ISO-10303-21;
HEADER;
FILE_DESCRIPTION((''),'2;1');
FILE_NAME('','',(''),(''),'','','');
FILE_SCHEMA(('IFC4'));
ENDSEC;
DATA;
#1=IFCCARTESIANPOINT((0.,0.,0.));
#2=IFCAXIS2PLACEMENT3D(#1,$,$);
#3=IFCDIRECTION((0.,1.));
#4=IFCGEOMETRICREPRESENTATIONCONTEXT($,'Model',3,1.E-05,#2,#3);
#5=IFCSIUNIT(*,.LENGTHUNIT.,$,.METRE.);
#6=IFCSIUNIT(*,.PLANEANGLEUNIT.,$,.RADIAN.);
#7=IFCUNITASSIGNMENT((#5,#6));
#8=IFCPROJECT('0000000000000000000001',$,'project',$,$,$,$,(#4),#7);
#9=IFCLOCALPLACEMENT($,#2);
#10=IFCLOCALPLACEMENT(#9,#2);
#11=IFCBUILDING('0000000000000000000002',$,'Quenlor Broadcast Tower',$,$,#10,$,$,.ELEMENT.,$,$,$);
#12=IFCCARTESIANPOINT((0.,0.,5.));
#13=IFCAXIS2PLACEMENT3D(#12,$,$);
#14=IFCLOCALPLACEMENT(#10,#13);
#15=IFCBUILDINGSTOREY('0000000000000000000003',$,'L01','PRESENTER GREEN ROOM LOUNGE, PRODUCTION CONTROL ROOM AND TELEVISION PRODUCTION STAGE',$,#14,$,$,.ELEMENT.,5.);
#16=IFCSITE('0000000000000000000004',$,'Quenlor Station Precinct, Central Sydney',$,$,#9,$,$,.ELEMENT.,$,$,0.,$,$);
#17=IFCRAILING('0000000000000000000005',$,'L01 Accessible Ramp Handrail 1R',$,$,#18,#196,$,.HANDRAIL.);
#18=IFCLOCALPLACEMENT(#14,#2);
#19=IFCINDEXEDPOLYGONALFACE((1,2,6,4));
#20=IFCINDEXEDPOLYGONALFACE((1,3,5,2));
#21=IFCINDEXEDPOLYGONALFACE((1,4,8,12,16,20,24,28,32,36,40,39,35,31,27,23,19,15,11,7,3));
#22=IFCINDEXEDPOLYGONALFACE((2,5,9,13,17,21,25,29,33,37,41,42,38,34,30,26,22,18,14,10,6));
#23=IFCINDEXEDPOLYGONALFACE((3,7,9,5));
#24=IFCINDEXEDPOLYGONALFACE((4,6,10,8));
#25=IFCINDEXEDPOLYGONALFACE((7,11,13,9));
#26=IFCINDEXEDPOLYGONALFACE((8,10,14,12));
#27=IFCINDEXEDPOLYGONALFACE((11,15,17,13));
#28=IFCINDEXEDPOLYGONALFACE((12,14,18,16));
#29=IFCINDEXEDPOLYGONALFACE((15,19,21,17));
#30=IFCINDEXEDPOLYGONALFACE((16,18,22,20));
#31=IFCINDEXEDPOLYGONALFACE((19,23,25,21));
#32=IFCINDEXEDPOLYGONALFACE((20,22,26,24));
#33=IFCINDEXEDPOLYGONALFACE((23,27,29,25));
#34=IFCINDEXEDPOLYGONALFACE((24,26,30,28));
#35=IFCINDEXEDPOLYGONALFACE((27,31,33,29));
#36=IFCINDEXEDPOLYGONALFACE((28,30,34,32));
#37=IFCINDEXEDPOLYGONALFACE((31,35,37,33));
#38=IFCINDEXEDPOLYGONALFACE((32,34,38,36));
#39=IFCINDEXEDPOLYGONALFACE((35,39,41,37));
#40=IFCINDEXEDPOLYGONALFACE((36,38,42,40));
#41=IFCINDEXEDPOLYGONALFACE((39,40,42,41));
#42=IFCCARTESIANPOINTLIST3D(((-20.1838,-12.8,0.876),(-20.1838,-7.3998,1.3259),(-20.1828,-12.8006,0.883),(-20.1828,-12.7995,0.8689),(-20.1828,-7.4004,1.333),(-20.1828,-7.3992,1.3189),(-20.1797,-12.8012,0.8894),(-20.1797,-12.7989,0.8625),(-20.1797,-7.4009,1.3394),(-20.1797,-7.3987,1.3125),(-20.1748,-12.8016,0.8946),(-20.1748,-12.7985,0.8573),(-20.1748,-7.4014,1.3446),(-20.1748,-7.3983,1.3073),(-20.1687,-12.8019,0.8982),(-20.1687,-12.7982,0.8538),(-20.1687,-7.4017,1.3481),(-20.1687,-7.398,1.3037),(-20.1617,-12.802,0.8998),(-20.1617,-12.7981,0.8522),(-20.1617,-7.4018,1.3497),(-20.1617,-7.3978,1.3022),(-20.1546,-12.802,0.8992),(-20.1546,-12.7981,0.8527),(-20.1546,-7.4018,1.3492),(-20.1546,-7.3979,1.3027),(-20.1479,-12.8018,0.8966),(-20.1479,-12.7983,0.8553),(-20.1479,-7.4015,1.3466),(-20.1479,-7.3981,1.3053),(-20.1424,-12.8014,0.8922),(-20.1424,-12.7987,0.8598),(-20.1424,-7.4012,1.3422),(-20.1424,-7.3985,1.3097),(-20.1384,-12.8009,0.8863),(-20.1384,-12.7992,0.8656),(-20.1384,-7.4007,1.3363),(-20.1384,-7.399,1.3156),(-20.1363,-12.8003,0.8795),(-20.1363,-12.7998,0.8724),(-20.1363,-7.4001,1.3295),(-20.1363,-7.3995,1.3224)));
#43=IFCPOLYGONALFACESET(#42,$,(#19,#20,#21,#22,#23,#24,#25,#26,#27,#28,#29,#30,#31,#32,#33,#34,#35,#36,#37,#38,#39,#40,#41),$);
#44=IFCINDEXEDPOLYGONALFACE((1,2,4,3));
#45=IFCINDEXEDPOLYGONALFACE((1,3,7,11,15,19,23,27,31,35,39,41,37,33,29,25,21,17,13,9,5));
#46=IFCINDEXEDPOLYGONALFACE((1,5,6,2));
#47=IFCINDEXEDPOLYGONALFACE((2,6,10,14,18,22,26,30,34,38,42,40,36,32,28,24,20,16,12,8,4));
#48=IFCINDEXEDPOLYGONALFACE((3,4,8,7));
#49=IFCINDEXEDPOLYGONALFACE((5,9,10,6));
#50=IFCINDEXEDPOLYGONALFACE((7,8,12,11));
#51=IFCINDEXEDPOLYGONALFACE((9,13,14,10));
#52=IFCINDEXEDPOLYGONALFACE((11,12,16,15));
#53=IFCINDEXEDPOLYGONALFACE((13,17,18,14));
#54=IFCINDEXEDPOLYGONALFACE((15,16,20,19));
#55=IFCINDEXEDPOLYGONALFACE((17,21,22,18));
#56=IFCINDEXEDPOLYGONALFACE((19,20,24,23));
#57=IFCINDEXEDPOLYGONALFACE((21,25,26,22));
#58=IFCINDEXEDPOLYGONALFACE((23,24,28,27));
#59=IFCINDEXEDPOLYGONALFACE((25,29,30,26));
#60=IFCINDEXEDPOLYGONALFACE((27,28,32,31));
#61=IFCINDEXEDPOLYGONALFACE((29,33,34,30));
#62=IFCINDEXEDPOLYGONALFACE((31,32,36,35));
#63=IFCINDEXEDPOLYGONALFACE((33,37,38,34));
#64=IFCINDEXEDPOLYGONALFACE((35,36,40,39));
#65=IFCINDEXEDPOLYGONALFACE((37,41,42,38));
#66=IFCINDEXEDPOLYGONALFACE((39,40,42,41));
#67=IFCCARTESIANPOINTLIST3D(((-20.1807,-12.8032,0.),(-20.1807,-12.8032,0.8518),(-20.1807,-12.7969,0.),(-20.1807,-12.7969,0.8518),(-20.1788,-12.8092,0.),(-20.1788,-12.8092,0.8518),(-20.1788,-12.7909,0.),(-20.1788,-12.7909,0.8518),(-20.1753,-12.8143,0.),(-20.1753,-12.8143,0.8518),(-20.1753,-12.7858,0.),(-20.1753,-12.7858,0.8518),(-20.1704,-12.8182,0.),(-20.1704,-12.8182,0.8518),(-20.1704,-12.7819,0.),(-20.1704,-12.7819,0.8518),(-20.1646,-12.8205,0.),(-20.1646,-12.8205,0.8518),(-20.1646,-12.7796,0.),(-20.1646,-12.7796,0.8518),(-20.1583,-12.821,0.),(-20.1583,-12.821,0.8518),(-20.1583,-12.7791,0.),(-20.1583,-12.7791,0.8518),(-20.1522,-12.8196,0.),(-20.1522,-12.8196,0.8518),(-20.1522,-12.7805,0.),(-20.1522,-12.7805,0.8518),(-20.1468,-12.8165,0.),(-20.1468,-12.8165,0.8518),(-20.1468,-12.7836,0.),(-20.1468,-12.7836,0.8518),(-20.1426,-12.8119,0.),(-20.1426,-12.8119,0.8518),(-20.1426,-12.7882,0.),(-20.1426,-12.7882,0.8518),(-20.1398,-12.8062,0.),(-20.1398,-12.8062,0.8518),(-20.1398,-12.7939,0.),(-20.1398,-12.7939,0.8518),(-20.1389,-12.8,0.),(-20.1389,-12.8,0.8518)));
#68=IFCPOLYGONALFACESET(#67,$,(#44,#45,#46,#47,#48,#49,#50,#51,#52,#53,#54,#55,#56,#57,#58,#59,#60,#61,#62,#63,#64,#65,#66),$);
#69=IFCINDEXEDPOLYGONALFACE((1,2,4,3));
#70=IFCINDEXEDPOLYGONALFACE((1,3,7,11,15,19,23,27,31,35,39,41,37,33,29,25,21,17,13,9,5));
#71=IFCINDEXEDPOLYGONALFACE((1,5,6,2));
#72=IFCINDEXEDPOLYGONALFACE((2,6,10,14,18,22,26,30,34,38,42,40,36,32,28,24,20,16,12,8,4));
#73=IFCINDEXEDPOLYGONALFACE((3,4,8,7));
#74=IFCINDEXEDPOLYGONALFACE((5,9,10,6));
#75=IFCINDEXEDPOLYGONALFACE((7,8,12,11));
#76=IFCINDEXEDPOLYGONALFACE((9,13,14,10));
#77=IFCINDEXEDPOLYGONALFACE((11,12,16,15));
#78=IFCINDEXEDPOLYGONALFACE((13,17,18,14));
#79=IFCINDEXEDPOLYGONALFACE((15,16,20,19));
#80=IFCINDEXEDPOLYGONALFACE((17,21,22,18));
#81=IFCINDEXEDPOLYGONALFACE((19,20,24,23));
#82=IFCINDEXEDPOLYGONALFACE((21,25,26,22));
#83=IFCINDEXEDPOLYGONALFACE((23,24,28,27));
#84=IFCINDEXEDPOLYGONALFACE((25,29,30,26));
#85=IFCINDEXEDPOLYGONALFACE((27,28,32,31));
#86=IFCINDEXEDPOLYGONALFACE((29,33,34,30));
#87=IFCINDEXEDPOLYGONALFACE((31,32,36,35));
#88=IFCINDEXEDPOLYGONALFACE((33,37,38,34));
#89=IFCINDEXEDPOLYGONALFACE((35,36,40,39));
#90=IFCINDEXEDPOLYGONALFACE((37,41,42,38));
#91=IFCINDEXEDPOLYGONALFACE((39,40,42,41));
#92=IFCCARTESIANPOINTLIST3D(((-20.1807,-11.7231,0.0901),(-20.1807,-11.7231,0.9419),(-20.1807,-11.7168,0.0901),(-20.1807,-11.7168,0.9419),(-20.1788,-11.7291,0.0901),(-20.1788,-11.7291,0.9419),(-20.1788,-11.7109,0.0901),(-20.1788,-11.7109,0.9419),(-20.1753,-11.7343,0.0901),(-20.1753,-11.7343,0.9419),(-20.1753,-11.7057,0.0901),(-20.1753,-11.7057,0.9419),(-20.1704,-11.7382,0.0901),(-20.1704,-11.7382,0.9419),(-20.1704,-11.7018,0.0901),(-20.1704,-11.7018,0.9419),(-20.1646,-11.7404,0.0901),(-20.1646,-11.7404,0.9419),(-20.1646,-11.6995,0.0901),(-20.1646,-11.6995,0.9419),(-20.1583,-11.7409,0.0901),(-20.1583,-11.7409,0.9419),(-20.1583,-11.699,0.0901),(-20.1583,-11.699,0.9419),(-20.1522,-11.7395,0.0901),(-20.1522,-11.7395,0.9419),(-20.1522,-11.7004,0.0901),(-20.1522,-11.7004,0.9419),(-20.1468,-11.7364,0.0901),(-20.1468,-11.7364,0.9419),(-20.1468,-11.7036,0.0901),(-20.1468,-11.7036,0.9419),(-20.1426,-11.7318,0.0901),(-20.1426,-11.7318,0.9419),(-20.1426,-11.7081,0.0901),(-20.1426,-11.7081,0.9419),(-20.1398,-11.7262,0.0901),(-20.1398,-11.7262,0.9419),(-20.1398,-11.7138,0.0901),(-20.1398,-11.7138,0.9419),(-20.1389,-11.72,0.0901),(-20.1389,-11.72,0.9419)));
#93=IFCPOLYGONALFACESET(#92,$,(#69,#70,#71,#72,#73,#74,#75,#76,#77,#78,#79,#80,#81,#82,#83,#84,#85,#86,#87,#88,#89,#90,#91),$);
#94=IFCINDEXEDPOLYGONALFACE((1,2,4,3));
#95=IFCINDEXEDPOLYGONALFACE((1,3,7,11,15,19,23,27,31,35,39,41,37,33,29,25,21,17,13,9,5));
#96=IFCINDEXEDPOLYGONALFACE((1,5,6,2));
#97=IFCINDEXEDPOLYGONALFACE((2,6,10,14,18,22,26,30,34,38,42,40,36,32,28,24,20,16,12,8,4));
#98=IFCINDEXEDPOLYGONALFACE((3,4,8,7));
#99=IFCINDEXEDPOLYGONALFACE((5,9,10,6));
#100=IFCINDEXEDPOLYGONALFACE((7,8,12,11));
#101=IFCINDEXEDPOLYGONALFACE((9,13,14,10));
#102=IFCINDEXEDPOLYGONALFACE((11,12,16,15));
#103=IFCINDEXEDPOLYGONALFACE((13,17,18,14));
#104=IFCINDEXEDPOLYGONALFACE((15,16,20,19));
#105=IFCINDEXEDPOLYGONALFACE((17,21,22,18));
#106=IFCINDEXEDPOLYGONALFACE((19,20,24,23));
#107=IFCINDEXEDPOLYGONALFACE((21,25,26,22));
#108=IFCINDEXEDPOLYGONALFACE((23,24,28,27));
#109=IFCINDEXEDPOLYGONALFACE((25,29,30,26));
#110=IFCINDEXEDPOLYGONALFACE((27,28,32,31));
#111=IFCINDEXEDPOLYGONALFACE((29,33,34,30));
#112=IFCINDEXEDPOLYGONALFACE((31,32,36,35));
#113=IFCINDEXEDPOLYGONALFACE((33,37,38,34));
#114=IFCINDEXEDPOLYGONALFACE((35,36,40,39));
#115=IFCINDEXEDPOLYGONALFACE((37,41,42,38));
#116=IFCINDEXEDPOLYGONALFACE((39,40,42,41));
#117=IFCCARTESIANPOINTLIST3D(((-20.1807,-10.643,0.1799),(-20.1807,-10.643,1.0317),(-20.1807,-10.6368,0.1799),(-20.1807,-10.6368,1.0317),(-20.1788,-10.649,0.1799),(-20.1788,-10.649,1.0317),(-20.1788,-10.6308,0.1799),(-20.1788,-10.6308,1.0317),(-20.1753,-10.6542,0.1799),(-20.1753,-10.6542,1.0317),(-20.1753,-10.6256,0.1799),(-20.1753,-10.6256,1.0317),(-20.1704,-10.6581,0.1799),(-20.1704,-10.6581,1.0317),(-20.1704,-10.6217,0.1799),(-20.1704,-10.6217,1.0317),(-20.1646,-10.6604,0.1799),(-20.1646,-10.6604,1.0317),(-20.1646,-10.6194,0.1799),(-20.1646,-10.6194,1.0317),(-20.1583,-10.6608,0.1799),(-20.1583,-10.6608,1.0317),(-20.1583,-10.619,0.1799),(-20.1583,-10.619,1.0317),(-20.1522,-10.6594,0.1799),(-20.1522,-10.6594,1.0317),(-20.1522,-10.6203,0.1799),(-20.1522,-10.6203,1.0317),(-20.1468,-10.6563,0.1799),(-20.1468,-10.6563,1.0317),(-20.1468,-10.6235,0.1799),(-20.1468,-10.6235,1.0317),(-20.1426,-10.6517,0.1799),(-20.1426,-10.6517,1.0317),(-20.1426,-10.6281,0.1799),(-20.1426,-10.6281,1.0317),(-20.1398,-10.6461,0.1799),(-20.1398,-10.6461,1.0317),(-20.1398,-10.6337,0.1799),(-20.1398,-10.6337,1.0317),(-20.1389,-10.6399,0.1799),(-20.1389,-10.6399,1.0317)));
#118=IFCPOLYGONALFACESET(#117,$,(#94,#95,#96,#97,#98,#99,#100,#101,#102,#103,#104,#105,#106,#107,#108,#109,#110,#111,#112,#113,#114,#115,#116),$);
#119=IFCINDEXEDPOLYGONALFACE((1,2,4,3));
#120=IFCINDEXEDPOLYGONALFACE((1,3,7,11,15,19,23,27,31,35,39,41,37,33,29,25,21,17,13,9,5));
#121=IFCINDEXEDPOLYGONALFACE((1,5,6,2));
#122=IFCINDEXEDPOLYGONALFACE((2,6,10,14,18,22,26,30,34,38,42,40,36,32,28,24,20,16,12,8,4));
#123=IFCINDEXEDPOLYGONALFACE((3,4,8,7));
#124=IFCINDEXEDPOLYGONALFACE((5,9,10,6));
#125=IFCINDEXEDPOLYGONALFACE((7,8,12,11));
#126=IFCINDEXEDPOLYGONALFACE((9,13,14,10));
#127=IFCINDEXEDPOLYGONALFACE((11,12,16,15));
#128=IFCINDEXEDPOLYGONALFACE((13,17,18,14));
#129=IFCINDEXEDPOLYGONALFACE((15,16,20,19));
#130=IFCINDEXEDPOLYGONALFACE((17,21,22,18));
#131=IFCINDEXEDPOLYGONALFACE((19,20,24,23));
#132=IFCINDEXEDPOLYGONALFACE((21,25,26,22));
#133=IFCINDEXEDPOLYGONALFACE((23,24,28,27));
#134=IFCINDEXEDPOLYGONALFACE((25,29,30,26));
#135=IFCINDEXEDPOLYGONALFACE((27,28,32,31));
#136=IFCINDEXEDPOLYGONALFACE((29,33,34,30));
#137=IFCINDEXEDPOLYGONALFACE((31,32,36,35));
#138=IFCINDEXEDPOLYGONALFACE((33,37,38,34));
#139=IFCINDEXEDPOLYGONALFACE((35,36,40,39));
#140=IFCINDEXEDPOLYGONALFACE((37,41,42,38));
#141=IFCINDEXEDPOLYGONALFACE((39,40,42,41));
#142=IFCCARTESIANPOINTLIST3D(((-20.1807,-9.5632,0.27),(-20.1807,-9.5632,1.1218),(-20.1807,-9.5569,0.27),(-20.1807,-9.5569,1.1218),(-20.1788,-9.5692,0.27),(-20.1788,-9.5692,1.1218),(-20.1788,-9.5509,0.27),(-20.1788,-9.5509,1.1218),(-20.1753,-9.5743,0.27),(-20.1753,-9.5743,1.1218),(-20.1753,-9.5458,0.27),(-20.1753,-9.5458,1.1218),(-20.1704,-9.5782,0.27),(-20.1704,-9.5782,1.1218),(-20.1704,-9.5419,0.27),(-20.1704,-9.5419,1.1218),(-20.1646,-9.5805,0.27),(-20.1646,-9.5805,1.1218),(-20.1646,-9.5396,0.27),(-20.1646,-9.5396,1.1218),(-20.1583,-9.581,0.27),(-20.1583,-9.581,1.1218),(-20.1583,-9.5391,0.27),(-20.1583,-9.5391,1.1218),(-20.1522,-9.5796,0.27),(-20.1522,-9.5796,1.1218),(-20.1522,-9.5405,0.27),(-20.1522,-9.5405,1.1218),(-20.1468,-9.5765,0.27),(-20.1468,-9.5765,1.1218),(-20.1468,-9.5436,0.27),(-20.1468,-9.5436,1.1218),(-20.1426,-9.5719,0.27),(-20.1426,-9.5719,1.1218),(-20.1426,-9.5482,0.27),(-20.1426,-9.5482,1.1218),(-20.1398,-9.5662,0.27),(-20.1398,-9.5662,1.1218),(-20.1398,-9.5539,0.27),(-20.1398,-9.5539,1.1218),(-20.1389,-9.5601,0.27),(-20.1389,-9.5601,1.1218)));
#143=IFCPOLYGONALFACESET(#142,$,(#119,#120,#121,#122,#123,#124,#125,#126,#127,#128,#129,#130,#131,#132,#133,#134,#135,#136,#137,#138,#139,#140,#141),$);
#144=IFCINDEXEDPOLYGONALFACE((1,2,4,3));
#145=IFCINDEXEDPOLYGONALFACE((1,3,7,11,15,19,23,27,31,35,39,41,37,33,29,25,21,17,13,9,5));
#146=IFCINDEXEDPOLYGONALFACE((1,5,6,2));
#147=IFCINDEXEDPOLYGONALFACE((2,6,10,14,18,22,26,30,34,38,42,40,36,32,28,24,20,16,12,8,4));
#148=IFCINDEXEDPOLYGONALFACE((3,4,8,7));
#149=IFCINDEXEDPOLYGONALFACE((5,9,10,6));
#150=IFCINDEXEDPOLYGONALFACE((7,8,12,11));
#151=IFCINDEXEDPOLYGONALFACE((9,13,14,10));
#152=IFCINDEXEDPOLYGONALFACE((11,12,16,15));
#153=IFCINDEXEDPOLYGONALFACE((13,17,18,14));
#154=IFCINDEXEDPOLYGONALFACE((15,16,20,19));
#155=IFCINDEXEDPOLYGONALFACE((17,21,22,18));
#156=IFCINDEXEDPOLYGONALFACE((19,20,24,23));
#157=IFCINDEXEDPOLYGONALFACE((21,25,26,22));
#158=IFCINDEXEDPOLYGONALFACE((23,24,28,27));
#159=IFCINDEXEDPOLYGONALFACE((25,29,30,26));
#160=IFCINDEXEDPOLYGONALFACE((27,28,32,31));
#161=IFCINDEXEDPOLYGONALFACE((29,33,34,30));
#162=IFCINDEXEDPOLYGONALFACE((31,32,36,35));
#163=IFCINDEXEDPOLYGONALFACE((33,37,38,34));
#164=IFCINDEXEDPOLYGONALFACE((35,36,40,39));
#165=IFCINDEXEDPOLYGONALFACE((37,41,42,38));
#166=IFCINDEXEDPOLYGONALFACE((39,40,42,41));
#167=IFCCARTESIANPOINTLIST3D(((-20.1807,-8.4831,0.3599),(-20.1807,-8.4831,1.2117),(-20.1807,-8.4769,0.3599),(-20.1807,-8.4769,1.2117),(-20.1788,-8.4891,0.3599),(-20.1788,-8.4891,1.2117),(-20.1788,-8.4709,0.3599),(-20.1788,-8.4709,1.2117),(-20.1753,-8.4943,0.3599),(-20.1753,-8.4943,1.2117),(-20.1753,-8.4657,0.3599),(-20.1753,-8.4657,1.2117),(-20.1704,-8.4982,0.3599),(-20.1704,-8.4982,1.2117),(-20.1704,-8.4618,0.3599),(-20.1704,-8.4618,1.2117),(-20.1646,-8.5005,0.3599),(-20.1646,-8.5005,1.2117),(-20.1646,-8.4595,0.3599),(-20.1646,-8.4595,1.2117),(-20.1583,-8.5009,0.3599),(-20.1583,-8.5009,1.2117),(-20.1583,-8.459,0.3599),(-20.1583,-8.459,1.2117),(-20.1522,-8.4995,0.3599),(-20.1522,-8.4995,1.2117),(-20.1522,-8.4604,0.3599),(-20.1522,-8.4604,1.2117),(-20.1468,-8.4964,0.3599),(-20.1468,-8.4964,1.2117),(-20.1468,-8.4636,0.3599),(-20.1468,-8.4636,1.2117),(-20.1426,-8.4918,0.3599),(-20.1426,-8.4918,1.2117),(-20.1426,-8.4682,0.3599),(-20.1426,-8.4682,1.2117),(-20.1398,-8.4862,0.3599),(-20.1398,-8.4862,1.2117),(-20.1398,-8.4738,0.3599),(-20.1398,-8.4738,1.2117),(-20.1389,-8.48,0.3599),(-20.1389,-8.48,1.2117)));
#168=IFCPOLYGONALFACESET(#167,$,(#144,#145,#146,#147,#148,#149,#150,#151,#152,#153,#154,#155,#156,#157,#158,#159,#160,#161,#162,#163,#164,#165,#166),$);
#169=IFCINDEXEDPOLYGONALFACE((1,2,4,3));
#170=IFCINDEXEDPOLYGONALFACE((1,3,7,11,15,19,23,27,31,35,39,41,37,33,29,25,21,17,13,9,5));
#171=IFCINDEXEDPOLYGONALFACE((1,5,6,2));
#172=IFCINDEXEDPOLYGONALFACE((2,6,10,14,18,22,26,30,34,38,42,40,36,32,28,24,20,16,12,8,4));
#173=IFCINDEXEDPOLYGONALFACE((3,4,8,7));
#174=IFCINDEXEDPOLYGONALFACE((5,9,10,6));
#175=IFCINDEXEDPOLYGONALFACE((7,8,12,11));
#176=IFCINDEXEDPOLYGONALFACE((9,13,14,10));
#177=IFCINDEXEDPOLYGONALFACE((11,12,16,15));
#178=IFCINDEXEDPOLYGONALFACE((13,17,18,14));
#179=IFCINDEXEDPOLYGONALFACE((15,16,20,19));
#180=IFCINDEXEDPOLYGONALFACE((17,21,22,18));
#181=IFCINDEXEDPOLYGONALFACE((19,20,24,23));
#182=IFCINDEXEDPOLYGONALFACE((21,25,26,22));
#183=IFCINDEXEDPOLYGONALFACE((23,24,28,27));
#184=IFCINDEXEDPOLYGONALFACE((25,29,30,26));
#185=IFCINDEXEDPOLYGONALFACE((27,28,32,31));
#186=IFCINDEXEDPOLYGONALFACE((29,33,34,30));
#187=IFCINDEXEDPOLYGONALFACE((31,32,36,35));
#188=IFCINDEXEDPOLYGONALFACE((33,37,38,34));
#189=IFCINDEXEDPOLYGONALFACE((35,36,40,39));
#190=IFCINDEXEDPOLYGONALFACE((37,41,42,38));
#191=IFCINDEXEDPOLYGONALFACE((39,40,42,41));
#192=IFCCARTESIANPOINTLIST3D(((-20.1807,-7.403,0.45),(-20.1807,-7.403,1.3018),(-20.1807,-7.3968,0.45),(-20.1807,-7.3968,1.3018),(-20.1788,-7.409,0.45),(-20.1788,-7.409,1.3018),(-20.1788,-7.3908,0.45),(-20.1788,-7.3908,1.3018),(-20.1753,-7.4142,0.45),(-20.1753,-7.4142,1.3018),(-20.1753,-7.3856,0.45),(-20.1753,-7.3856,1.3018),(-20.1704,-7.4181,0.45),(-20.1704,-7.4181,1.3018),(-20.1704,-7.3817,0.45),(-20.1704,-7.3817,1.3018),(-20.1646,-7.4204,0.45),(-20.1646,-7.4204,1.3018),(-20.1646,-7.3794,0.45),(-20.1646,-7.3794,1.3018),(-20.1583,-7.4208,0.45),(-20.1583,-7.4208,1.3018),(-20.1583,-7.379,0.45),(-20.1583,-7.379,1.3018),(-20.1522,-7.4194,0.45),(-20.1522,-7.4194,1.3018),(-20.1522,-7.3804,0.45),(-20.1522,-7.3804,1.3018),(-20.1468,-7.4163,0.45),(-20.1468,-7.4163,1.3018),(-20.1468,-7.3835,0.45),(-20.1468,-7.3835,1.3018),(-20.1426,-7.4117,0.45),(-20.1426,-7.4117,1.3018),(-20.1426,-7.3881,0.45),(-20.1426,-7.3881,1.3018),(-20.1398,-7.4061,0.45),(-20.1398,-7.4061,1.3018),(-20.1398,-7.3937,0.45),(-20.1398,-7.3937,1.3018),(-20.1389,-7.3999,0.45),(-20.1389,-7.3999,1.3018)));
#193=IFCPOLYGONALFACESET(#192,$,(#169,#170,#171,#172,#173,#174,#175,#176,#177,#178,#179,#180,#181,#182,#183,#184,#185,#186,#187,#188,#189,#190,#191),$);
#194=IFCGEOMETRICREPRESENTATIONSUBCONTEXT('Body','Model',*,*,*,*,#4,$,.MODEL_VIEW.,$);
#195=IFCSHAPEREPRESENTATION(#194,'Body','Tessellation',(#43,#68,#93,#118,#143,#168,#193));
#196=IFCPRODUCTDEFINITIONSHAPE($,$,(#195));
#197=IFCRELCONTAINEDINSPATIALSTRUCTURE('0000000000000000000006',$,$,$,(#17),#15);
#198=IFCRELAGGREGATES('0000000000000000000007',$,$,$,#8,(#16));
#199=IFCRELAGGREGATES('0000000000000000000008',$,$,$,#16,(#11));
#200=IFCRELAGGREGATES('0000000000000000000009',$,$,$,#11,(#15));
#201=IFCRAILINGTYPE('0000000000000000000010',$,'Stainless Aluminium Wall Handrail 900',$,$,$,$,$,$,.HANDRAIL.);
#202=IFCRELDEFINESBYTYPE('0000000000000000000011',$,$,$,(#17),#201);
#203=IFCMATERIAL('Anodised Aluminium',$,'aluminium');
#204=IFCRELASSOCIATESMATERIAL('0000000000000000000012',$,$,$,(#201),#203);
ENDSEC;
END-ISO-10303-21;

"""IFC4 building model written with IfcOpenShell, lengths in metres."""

from ifc_helpers import new_model, si_unit, direction, frame, origin, origin_2d, place, context, subcontext, project, spatial, circle, extrude, material, type_object, element, save


model = new_model("IFC4")

# Units and contexts
model_context = context("Model", 3, precision=1e-05, world=origin(), true_north=direction((0.0, 1.0)))
body_context = subcontext(model_context, "Body", "Model", "MODEL_VIEW")
ifc_project = project(units=[si_unit("LENGTHUNIT", "METRE"), si_unit("PLANEANGLEUNIT", "RADIAN")], contexts=[model_context])

# Site, building, storey
site_placement = place(None, origin())
site = spatial("IfcSite", under=ifc_project, at=site_placement, Name="Quenlor Station Precinct, Central Sydney", CompositionType="ELEMENT", RefElevation=0.0)
building_placement = place(site_placement, origin())
building = spatial("IfcBuilding", under=site, at=building_placement, Name="Quenlor Broadcast Tower", CompositionType="ELEMENT")
storey_placement = place(building_placement, frame((0.0, 0.0, 5.0)))
storey = spatial("IfcBuildingStorey", under=building, at=storey_placement, Name="L01", Description="PRESENTER GREEN ROOM LOUNGE, PRODUCTION CONTROL ROOM AND TELEVISION PRODUCTION STAGE", CompositionType="ELEMENT", Elevation=5.0)

# Railing
ifc_material_1 = material(Name="Anodised Aluminium", Category="aluminium")
railing_type_1 = type_object("IfcRailingType", Name="Stainless Aluminium Wall Handrail 900", PredefinedType="HANDRAIL", material=ifc_material_1)
for number, where, name in (
    (1, (-20.1599, -12.8, 0.0), "L01 Accessible Ramp Handrail 1R"),
):
    element("IfcRailing", number, at=place(storey_placement, frame(where)), inside=storey, type_object=railing_type_1, Name=name, PredefinedType="HANDRAIL", context=body_context, shape_type="SweptSolid", body=[
        extrude(circle(Radius=0.0239, at=origin_2d()), frame((0.0, 0.0, 0.876), z_axis=(0.0, 0.996547, 0.083034), x_axis=(-1.0, 0.0, 0.0)), (0.0, 0.0, 1.0), 5.4189),
        extrude(circle(Radius=0.021, at=origin_2d()), origin(), (0.0, 0.0, 1.0), 0.8518),
        extrude(circle(Radius=0.021, at=origin_2d()), frame((0.0, 1.0801, 0.0901)), (0.0, 0.0, 1.0), 0.8518),
        extrude(circle(Radius=0.021, at=origin_2d()), frame((0.0, 2.1602, 0.1799)), (0.0, 0.0, 1.0), 0.8518),
        extrude(circle(Radius=0.021, at=origin_2d()), frame((0.0, 3.24, 0.27)), (0.0, 0.0, 1.0), 0.8518),
        extrude(circle(Radius=0.021, at=origin_2d()), frame((0.0, 4.3201, 0.3599)), (0.0, 0.0, 1.0), 0.8518),
        extrude(circle(Radius=0.021, at=origin_2d()), frame((0.0, 5.4001, 0.45)), (0.0, 0.0, 1.0), 0.8518),
    ])

save(model, "model.ifc")
